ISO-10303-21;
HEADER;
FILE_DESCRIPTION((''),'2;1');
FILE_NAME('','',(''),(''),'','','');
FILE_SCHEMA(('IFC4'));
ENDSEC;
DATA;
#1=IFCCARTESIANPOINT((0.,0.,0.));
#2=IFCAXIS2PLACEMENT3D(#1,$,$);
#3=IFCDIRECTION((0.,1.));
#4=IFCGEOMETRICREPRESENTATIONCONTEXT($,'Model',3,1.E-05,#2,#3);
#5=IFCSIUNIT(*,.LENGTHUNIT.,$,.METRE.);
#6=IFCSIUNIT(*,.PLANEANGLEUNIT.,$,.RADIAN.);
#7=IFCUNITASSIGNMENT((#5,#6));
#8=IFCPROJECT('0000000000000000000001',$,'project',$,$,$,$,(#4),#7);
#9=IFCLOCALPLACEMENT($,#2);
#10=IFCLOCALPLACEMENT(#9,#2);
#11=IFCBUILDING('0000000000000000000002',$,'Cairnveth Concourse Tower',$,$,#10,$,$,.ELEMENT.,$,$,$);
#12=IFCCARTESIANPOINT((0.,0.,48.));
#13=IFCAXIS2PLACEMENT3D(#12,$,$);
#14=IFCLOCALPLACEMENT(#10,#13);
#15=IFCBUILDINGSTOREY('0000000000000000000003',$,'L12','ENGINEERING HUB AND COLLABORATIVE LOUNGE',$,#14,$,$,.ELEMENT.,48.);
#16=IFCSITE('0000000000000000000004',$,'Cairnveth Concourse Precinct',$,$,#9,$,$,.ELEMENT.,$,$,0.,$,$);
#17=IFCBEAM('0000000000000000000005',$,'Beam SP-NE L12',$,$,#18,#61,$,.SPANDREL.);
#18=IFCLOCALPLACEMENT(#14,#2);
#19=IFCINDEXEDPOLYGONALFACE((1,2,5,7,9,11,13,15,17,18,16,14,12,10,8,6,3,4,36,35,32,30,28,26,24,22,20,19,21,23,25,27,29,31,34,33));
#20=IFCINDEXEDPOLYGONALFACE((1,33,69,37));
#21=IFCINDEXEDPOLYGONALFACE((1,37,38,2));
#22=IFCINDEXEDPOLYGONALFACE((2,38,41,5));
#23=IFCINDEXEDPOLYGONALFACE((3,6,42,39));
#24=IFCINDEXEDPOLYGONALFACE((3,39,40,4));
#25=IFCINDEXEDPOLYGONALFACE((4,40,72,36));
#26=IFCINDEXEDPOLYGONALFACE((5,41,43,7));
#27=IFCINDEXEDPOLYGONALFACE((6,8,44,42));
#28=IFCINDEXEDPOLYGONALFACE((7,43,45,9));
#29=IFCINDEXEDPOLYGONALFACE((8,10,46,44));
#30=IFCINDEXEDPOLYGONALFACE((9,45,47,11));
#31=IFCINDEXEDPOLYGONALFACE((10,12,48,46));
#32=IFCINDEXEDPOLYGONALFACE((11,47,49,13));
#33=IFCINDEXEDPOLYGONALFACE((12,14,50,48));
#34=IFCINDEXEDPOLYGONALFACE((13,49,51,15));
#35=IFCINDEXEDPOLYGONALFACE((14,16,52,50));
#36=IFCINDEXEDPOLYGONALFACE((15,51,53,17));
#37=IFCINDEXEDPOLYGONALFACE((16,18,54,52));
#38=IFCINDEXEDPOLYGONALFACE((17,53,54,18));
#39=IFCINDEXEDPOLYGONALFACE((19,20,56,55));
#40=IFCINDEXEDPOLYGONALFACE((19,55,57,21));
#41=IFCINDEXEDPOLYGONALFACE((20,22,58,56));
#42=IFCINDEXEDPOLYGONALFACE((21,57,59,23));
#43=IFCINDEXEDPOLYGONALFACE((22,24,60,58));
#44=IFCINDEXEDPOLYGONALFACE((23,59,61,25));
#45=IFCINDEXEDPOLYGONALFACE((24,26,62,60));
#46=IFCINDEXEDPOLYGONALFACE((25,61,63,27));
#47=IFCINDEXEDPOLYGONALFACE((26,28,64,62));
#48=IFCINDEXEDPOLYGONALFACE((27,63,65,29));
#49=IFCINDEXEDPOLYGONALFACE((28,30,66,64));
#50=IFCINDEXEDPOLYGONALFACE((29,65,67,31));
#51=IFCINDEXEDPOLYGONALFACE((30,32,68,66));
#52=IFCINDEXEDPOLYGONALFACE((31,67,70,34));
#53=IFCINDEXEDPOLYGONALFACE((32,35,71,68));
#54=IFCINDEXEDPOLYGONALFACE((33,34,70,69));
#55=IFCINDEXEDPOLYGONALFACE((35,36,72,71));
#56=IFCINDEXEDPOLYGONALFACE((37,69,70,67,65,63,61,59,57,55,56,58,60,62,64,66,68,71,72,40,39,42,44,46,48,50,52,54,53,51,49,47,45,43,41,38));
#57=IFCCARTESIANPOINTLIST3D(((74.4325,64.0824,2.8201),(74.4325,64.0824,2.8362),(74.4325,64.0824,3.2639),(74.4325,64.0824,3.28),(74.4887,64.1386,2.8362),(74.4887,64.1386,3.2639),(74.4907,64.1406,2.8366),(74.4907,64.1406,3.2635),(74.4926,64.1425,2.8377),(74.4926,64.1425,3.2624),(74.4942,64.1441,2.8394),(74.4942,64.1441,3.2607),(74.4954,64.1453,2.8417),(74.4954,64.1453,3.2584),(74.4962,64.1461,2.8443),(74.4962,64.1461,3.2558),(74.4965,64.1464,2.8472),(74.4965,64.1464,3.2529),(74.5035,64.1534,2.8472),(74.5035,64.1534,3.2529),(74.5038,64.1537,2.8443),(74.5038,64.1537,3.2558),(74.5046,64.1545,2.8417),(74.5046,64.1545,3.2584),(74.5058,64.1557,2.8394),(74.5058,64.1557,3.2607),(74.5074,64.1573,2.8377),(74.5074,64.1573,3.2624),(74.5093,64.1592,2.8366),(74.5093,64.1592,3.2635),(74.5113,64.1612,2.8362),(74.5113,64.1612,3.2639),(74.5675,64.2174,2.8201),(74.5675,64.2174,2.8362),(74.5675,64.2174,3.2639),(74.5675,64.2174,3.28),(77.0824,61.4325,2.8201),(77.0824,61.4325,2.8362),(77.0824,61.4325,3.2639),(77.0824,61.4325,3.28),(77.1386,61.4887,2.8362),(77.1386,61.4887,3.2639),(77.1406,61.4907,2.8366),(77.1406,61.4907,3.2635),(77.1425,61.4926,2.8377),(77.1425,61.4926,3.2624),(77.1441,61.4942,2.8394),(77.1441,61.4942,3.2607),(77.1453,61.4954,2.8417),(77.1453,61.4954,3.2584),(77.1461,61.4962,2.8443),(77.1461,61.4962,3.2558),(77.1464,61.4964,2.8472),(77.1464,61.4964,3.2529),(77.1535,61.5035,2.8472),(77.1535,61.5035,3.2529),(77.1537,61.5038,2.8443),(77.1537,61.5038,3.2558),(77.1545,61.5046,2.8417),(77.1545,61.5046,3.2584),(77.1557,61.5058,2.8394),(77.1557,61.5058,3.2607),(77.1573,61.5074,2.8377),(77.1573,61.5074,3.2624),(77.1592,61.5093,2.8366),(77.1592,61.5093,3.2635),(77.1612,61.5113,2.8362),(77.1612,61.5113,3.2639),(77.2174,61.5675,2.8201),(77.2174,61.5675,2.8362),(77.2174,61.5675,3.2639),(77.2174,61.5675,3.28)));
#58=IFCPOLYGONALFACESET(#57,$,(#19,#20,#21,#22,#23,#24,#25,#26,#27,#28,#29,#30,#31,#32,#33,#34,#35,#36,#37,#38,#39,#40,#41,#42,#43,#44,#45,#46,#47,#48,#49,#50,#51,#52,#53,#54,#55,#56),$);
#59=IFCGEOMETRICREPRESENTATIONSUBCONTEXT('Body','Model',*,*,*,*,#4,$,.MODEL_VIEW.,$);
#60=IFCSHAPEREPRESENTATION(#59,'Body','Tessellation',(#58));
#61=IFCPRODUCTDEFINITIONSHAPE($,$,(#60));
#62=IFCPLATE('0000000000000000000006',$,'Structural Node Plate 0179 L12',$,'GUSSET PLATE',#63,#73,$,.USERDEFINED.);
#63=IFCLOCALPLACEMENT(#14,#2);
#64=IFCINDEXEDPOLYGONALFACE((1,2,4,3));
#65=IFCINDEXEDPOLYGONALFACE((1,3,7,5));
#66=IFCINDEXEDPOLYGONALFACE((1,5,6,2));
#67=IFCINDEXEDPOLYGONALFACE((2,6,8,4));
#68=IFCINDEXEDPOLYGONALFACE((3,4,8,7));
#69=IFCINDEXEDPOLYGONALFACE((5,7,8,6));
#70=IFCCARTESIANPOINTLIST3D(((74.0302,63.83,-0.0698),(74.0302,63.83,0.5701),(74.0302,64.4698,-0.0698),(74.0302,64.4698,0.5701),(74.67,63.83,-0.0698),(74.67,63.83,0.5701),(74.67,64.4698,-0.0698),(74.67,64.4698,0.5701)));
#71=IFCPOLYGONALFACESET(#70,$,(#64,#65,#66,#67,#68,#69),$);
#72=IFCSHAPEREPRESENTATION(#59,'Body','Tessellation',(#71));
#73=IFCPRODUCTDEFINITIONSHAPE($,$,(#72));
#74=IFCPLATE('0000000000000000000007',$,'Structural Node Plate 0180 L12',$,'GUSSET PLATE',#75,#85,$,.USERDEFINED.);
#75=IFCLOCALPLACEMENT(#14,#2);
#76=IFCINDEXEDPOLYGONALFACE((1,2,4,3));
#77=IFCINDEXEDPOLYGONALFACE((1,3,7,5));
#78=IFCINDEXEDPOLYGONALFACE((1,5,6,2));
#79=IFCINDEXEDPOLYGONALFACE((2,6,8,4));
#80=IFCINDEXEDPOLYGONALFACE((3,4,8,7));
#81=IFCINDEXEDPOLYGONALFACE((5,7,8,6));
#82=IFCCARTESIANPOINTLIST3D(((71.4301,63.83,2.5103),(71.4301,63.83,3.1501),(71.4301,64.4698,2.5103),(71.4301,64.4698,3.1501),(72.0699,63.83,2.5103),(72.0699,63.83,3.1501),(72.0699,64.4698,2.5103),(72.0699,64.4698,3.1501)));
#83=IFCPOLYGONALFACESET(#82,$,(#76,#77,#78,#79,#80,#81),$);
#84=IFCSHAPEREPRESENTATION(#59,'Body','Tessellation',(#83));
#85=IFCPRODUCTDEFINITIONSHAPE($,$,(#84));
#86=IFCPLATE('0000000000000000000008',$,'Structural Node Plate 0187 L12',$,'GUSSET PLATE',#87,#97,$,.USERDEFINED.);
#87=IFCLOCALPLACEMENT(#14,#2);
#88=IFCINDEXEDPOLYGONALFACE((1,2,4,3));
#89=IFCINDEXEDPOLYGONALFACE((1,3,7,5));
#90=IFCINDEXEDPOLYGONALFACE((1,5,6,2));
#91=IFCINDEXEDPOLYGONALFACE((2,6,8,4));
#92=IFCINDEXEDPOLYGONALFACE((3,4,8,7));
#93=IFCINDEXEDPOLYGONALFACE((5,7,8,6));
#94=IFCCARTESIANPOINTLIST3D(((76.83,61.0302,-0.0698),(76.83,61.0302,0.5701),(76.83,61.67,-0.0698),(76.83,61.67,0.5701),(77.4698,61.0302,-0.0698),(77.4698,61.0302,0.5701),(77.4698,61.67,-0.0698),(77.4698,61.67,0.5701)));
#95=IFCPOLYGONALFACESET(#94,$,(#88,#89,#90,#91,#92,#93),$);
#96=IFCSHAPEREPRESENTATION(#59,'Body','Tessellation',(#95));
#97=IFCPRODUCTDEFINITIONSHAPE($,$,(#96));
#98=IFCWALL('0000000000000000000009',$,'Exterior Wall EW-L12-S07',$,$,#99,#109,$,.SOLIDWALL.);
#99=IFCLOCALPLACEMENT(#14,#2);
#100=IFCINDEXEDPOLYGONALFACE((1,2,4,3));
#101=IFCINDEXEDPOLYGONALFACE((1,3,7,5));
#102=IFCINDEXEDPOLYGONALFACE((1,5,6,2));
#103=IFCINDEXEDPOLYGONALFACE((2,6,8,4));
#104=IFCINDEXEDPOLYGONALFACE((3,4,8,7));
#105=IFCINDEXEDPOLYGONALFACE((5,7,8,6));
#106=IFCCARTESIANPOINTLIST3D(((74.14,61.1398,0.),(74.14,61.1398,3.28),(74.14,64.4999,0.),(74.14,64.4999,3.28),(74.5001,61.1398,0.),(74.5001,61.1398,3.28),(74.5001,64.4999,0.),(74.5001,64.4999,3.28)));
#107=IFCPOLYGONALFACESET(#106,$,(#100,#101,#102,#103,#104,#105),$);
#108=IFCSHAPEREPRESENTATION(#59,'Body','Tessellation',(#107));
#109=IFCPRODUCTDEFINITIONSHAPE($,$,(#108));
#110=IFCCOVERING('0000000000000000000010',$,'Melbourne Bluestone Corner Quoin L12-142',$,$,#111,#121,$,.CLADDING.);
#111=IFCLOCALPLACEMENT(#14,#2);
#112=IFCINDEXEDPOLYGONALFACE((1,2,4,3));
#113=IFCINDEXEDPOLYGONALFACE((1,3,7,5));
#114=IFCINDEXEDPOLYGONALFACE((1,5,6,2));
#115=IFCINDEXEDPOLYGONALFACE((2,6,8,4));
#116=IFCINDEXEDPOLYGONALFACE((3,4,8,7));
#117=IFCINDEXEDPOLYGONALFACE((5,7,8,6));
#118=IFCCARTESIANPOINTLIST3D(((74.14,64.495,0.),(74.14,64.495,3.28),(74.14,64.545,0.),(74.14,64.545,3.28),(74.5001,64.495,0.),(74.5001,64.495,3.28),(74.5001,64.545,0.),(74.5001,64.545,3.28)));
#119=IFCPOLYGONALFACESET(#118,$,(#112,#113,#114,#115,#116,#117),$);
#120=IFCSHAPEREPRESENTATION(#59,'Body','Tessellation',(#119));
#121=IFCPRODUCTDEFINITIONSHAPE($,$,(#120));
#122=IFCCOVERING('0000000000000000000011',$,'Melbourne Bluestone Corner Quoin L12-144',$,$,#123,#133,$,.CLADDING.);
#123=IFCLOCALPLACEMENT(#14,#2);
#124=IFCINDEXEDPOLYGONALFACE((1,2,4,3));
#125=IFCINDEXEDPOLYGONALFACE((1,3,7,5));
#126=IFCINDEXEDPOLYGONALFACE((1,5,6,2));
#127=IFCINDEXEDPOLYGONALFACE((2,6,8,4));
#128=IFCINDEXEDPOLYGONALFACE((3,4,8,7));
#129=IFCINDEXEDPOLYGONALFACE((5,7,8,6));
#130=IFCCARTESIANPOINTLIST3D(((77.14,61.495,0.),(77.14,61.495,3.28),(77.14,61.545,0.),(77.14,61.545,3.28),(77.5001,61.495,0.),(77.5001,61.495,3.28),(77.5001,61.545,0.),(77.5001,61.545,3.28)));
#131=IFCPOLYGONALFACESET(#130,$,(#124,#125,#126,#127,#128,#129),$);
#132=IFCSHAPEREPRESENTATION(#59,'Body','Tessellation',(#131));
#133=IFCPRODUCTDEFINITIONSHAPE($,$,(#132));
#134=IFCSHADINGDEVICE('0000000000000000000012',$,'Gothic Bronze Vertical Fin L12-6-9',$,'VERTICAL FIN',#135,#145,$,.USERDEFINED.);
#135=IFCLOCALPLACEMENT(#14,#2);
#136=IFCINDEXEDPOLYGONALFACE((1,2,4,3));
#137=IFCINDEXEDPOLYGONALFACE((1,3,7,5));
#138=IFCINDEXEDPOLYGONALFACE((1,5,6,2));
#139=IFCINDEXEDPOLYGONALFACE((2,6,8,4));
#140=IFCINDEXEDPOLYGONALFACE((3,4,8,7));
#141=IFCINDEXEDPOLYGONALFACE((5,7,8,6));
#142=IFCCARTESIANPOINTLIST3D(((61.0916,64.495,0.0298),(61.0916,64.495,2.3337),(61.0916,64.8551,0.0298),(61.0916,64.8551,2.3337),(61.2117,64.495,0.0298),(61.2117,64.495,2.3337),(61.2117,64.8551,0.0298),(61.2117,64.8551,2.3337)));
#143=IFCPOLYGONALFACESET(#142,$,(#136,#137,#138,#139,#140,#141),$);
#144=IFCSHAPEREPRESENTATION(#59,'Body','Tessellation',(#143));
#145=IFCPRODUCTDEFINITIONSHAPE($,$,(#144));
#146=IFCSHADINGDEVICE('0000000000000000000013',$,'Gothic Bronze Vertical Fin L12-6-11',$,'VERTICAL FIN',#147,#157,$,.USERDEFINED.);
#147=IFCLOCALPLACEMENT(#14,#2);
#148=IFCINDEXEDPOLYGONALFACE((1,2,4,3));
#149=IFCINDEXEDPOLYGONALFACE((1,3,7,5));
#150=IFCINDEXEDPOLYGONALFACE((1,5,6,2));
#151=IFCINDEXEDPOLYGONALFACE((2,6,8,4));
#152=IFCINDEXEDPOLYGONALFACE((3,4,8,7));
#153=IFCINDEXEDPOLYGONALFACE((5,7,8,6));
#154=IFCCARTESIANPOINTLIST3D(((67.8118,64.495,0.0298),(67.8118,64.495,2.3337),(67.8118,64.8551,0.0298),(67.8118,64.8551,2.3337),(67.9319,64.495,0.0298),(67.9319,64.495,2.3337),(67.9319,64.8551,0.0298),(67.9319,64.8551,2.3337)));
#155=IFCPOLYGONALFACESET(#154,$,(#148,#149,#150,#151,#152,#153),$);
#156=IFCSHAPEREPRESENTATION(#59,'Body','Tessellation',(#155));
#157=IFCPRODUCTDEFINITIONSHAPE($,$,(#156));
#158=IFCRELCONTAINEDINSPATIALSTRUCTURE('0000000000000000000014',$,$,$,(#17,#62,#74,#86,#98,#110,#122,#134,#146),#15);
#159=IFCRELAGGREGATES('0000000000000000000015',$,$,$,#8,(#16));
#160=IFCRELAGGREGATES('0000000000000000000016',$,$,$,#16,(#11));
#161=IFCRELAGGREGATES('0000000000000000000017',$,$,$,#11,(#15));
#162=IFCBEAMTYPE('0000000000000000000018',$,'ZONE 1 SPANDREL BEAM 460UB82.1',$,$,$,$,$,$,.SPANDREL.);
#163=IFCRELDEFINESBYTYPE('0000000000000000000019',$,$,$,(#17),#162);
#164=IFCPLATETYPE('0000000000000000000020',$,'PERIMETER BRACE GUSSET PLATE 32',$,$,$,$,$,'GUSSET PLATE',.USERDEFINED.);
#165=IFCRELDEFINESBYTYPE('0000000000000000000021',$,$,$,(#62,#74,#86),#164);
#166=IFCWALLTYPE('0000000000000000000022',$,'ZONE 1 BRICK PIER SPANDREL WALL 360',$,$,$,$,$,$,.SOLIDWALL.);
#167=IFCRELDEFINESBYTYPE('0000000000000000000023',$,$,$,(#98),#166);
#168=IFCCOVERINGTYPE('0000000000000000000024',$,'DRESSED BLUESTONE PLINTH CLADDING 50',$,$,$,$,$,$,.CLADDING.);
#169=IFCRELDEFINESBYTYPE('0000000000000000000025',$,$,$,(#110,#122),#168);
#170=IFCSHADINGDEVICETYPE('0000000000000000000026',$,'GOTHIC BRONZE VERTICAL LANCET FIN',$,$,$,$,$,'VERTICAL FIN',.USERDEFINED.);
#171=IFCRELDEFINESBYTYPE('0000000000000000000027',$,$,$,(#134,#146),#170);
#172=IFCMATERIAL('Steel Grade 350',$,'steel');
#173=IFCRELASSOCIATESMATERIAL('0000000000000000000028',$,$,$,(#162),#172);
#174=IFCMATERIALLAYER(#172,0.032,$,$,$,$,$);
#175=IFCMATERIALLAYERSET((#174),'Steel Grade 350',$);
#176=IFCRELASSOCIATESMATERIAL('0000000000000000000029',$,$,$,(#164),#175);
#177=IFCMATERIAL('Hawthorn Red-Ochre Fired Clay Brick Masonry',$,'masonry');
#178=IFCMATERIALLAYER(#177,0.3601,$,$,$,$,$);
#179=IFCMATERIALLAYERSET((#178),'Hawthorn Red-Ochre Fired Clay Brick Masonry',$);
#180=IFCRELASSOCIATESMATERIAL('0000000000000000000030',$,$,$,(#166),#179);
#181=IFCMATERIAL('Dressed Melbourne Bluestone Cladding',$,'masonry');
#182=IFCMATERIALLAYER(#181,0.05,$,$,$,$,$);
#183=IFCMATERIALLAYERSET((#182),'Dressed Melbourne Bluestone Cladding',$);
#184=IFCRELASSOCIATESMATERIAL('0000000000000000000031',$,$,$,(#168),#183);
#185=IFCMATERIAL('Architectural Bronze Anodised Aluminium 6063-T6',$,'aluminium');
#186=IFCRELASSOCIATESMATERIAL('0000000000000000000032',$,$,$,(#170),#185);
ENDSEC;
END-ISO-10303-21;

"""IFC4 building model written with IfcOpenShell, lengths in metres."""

from ifc_helpers import new_model, si_unit, direction, frame, frame_2d, origin, origin_2d, place, context, subcontext, project, spatial, rectangle, i_section, extrude, material, layer, layer_set, material_profile, profile_set, type_object, element, save


model = new_model("IFC4")

# Units and contexts
model_context = context("Model", 3, precision=1e-05, world=origin(), true_north=direction((0.0, 1.0)))
body_context = subcontext(model_context, "Body", "Model", "MODEL_VIEW")
ifc_project = project(units=[si_unit("LENGTHUNIT", "METRE"), si_unit("PLANEANGLEUNIT", "RADIAN")], contexts=[model_context])

# Site, building, storey
site_placement = place(None, origin())
site = spatial("IfcSite", under=ifc_project, at=site_placement, Name="Cairnveth Concourse Precinct", CompositionType="ELEMENT", RefElevation=0.0)
building_placement = place(site_placement, origin())
building = spatial("IfcBuilding", under=site, at=building_placement, Name="Cairnveth Concourse Tower", CompositionType="ELEMENT")
storey_placement = place(building_placement, frame((0.0, 0.0, 48.0)))
storey = spatial("IfcBuildingStorey", under=building, at=storey_placement, Name="L12", Description="ENGINEERING HUB AND COLLABORATIVE LOUNGE", CompositionType="ELEMENT", Elevation=48.0)

# Shared definitions
ifc_material_1 = material(Name="Steel Grade 350", Category="steel")

# Beam
ifc_material_profile_1 = material_profile(ifc_material_1, i_section(OverallWidth=0.1909, OverallDepth=0.46, WebThickness=0.01, FlangeThickness=0.0161, FilletRadius=0.011, at=origin_2d()), Name="460UB82.1")
ifc_profile_set_1 = profile_set([ifc_material_profile_1], Name="Steel Grade 350")
beam_type_1 = type_object("IfcBeamType", Name="ZONE 1 SPANDREL BEAM 460UB82.1", PredefinedType="SPANDREL", material=ifc_profile_set_1)
beam_1_placement = place(storey_placement, frame((74.5, 64.1499, 3.05), z_axis=(0.707107, -0.707107, 0.0), x_axis=(0.707107, 0.707107, 0.0)))
element("IfcBeam", 1, at=beam_1_placement, inside=storey, type_object=beam_type_1, Name="Beam SP-NE L12", PredefinedType="SPANDREL", context=body_context, shape_type="SweptSolid", body=[
    extrude(i_section(OverallWidth=0.1909, OverallDepth=0.46, WebThickness=0.01, FlangeThickness=0.0161, FilletRadius=0.011, at=origin_2d()), origin(), (0.0, 0.0, 1.0), 3.7476),
])

# Plates
ifc_layer_1 = layer(ifc_material_1, 0.032)
ifc_layer_set_1 = layer_set([ifc_layer_1], Name="Steel Grade 350")
plate_type = type_object("IfcPlateType", Name="PERIMETER BRACE GUSSET PLATE 32", ElementType="GUSSET PLATE", PredefinedType="USERDEFINED", material=ifc_layer_set_1)
for number, where, z_axis, x_axis, name in (
    (2, (74.3501, 64.1499, -0.0698), (0.0, 0.0, 1.0), (1.0, 0.0, 0.0), "Structural Node Plate 0179 L12"),
    (3, (71.75, 64.1499, 2.5103), (0.0, 0.0, 1.0), (1.0, 0.0, 0.0), "Structural Node Plate 0180 L12"),
    (4, (77.1499, 61.3501, -0.0698), (0.0, 0.0, 1.0), (1.0, 0.0, 0.0), "Structural Node Plate 0187 L12"),
):
    element("IfcPlate", number, at=place(storey_placement, frame(where, z_axis=z_axis, x_axis=x_axis)), inside=storey, type_object=plate_type, Name=name, ObjectType="GUSSET PLATE", PredefinedType="USERDEFINED", context=body_context, shape_type="SweptSolid", body=[
        extrude(rectangle(XDim=0.6399, YDim=0.6399, at=origin_2d()), origin(), (0.0, 0.0, 1.0), 0.6399),
    ])

# Wall
ifc_material_2 = material(Name="Hawthorn Red-Ochre Fired Clay Brick Masonry", Category="masonry")
ifc_layer_2 = layer(ifc_material_2, 0.3601)
ifc_layer_set_2 = layer_set([ifc_layer_2], Name="Hawthorn Red-Ochre Fired Clay Brick Masonry")
wall_type = type_object("IfcWallType", Name="ZONE 1 BRICK PIER SPANDREL WALL 360", PredefinedType="SOLIDWALL", material=ifc_layer_set_2)
wall_1_placement = place(storey_placement, frame((74.3201, 64.5, 0.0), z_axis=(0.0, 0.0, 1.0), x_axis=(0.0, -1.0, 0.0)))
element("IfcWall", 5, at=wall_1_placement, inside=storey, type_object=wall_type, Name="Exterior Wall EW-L12-S07", PredefinedType="SOLIDWALL", context=body_context, shape_type="SweptSolid", body=[
    extrude(rectangle(XDim=3.3601, YDim=0.3601, at=frame_2d((1.6802, 0.0))), origin(), (0.0, 0.0, 1.0), 3.28),
])

# Coverings
ifc_material_3 = material(Name="Dressed Melbourne Bluestone Cladding", Category="masonry")
ifc_layer_3 = layer(ifc_material_3, 0.05)
ifc_layer_set_3 = layer_set([ifc_layer_3], Name="Dressed Melbourne Bluestone Cladding")
covering_type = type_object("IfcCoveringType", Name="DRESSED BLUESTONE PLINTH CLADDING 50", PredefinedType="CLADDING", material=ifc_layer_set_3)
for number, where, z_axis, x_axis, name in (
    (6, (74.1399, 64.52, 0.0), (0.0, 0.0, 1.0), (1.0, 0.0, 0.0), "Melbourne Bluestone Corner Quoin L12-142"),
    (7, (77.1399, 61.52, 0.0), (0.0, 0.0, 1.0), (1.0, 0.0, 0.0), "Melbourne Bluestone Corner Quoin L12-144"),
):
    element("IfcCovering", number, at=place(storey_placement, frame(where, z_axis=z_axis, x_axis=x_axis)), inside=storey, type_object=covering_type, Name=name, PredefinedType="CLADDING", context=body_context, shape_type="SweptSolid", body=[
        extrude(rectangle(XDim=0.3601, YDim=0.05, at=frame_2d((0.1802, 0.0))), origin(), (0.0, 0.0, 1.0), 3.28),
    ])

# Shading devices
ifc_material_4 = material(Name="Architectural Bronze Anodised Aluminium 6063-T6", Category="aluminium")
shading_device_type = type_object("IfcShadingDeviceType", Name="GOTHIC BRONZE VERTICAL LANCET FIN", ElementType="VERTICAL FIN", PredefinedType="USERDEFINED", material=ifc_material_4)
for number, where, z_axis, x_axis, name in (
    (8, (61.1516, 64.675, 0.0298), (0.0, 0.0, 1.0), (1.0, 0.0, 0.0), "Gothic Bronze Vertical Fin L12-6-9"),
    (9, (67.8718, 64.675, 0.0298), (0.0, 0.0, 1.0), (1.0, 0.0, 0.0), "Gothic Bronze Vertical Fin L12-6-11"),
):
    element("IfcShadingDevice", number, at=place(storey_placement, frame(where, z_axis=z_axis, x_axis=x_axis)), inside=storey, type_object=shading_device_type, Name=name, ObjectType="VERTICAL FIN", PredefinedType="USERDEFINED", context=body_context, shape_type="SweptSolid", body=[
        extrude(rectangle(XDim=0.1201, YDim=0.3601, at=origin_2d()), origin(), (0.0, 0.0, 1.0), 2.304),
    ])

save(model, "model.ifc")
